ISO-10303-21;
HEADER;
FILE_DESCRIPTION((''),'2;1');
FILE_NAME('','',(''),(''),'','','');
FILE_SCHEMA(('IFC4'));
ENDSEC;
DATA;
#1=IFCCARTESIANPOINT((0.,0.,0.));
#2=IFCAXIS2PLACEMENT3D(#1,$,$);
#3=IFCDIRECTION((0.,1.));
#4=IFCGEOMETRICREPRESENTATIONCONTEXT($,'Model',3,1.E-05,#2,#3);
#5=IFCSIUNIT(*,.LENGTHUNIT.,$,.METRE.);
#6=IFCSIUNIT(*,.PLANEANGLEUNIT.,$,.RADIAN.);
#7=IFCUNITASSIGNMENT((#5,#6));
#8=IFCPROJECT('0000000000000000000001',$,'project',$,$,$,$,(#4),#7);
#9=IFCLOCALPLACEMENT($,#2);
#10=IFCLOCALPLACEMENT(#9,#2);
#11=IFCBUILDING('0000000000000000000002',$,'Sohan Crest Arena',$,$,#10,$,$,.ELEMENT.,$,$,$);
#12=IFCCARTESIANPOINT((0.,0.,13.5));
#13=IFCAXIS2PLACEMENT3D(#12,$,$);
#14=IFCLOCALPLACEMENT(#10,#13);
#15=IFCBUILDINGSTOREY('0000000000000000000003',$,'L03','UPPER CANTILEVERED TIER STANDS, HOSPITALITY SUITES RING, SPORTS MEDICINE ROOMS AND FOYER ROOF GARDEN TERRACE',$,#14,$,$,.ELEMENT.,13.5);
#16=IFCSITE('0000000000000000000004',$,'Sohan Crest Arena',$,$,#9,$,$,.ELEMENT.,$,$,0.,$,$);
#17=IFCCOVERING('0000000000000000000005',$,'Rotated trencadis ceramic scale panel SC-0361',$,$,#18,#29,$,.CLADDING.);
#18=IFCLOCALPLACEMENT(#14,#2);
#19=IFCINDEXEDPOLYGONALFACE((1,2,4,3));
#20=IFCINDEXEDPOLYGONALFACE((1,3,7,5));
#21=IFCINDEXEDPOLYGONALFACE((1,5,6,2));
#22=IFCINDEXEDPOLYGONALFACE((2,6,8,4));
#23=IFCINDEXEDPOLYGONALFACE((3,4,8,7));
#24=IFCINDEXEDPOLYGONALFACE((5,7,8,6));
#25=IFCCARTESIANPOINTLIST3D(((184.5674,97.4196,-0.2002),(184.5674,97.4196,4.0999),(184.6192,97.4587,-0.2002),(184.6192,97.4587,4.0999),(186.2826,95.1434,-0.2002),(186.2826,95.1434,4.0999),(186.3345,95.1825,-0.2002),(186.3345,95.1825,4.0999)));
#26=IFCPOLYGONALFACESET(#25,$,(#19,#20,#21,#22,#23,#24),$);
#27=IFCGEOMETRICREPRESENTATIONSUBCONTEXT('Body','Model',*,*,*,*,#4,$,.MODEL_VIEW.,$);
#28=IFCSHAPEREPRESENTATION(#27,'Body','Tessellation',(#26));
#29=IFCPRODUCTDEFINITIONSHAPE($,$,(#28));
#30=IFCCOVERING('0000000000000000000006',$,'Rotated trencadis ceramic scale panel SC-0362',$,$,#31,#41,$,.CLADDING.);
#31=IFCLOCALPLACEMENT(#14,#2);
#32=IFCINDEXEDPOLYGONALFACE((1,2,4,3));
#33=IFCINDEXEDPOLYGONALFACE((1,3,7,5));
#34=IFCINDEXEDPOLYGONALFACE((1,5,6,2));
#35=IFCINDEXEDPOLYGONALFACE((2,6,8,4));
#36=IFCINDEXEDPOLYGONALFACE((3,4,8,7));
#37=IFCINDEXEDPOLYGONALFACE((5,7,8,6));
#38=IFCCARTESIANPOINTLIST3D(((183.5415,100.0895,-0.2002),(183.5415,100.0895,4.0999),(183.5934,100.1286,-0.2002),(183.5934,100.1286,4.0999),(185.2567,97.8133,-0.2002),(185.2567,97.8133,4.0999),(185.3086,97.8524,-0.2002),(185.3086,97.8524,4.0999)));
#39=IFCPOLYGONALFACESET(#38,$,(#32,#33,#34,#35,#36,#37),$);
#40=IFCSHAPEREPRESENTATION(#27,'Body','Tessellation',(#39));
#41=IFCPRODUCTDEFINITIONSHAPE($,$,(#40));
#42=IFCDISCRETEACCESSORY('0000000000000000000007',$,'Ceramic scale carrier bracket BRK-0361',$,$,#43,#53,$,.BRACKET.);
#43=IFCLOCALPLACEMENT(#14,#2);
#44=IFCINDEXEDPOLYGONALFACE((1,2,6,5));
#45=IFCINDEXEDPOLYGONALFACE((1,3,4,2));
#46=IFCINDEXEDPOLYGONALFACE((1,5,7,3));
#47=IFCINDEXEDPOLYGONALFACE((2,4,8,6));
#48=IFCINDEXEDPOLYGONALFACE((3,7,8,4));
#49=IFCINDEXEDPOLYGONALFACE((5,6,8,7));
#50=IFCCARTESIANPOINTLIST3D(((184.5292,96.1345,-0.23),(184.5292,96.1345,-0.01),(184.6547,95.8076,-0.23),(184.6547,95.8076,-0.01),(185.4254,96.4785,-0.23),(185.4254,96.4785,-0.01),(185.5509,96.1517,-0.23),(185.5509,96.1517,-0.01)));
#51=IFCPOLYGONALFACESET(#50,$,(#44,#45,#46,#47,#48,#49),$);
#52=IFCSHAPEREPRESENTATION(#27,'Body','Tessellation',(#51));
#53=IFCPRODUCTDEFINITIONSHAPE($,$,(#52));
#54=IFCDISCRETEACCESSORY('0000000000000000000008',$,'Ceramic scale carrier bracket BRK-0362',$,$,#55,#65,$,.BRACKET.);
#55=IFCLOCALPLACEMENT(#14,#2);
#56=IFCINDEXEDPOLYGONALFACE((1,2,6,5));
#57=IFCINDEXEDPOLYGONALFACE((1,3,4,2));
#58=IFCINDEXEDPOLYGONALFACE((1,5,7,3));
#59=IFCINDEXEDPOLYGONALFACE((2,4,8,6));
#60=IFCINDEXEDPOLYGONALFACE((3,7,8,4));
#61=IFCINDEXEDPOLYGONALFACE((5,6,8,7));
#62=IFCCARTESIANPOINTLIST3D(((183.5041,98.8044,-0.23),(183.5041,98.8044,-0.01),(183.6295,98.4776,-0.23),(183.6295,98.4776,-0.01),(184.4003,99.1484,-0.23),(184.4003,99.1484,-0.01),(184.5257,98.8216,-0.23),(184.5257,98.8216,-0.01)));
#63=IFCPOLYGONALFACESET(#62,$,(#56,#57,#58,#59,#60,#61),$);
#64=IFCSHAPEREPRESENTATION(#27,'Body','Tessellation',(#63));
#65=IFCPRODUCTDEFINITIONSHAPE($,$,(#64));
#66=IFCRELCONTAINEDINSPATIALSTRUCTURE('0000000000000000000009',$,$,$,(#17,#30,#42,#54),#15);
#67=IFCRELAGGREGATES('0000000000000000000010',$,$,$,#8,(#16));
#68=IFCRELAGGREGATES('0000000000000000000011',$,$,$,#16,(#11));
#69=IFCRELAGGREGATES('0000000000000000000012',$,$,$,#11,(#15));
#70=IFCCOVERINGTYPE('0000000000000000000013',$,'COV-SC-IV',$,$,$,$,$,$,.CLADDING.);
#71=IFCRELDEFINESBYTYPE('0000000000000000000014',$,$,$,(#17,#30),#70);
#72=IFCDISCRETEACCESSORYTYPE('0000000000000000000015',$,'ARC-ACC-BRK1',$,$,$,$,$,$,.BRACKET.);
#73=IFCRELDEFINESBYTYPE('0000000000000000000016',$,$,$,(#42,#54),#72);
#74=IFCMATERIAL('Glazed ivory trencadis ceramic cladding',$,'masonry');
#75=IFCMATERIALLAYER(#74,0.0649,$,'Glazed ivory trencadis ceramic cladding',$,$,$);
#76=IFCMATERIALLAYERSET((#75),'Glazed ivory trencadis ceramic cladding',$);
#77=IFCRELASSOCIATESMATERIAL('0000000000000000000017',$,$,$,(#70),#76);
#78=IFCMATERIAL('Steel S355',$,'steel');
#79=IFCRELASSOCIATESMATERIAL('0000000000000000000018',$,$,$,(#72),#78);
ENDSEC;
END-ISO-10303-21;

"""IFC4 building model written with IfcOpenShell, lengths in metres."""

from ifc_helpers import new_model, si_unit, direction, frame, origin, origin_2d, place, context, subcontext, project, spatial, rectangle, extrude, material, layer, layer_set, type_object, element, save


model = new_model("IFC4")

# Units and contexts
model_context = context("Model", 3, precision=1e-05, world=origin(), true_north=direction((0.0, 1.0)))
body_context = subcontext(model_context, "Body", "Model", "MODEL_VIEW")
ifc_project = project(units=[si_unit("LENGTHUNIT", "METRE"), si_unit("PLANEANGLEUNIT", "RADIAN")], contexts=[model_context])

# Site, building, storey
site_placement = place(None, origin())
site = spatial("IfcSite", under=ifc_project, at=site_placement, Name="Sohan Crest Arena", CompositionType="ELEMENT", RefElevation=0.0)
building_placement = place(site_placement, origin())
building = spatial("IfcBuilding", under=site, at=building_placement, Name="Sohan Crest Arena", CompositionType="ELEMENT")
storey_placement = place(building_placement, frame((0.0, 0.0, 13.5)))
storey = spatial("IfcBuildingStorey", under=building, at=storey_placement, Name="L03", Description="UPPER CANTILEVERED TIER STANDS, HOSPITALITY SUITES RING, SPORTS MEDICINE ROOMS AND FOYER ROOF GARDEN TERRACE", CompositionType="ELEMENT", Elevation=13.5)

# Coverings
ifc_material_1 = material(Name="Glazed ivory trencadis ceramic cladding", Category="masonry")
ifc_layer_1 = layer(ifc_material_1, 0.0649, Name="Glazed ivory trencadis ceramic cladding")
ifc_layer_set_1 = layer_set([ifc_layer_1], Name="Glazed ivory trencadis ceramic cladding")
covering_type = type_object("IfcCoveringType", Name="COV-SC-IV", PredefinedType="CLADDING", material=ifc_layer_set_1)
for number, where, z_axis, x_axis, name in (
    (1, (185.4509, 96.301, -0.2002), (0.0, 0.0, 1.0), (-0.601815, 0.798636, 0.0), "Rotated trencadis ceramic scale panel SC-0361"),
    (2, (184.425, 98.9709, -0.2002), (0.0, 0.0, 1.0), (-0.601815, 0.798636, 0.0), "Rotated trencadis ceramic scale panel SC-0362"),
):
    element("IfcCovering", number, at=place(storey_placement, frame(where, z_axis=z_axis, x_axis=x_axis)), inside=storey, type_object=covering_type, Name=name, PredefinedType="CLADDING", context=body_context, shape_type="SweptSolid", body=[
        extrude(rectangle(XDim=2.8501, YDim=0.0649, at=origin_2d()), origin(), (0.0, 0.0, 1.0), 4.3),
    ])

# Discrete accessories
ifc_material_2 = material(Name="Steel S355", Category="steel")
discrete_accessory_type = type_object("IfcDiscreteAccessoryType", Name="ARC-ACC-BRK1", PredefinedType="BRACKET", material=ifc_material_2)
for number, where, z_axis, x_axis, name in (
    (3, (185.04, 96.1431, -0.23), (0.0, 0.0, 1.0), (-0.358368, 0.93358, 0.0), "Ceramic scale carrier bracket BRK-0361"),
    (4, (184.0149, 98.813, -0.23), (0.0, 0.0, 1.0), (-0.358368, 0.93358, 0.0), "Ceramic scale carrier bracket BRK-0362"),
):
    element("IfcDiscreteAccessory", number, at=place(storey_placement, frame(where, z_axis=z_axis, x_axis=x_axis)), inside=storey, type_object=discrete_accessory_type, Name=name, PredefinedType="BRACKET", context=body_context, shape_type="SweptSolid", body=[
        extrude(rectangle(XDim=0.3501, YDim=0.96, at=origin_2d()), origin(), (0.0, 0.0, 1.0), 0.22),
    ])

save(model, "model.ifc")
